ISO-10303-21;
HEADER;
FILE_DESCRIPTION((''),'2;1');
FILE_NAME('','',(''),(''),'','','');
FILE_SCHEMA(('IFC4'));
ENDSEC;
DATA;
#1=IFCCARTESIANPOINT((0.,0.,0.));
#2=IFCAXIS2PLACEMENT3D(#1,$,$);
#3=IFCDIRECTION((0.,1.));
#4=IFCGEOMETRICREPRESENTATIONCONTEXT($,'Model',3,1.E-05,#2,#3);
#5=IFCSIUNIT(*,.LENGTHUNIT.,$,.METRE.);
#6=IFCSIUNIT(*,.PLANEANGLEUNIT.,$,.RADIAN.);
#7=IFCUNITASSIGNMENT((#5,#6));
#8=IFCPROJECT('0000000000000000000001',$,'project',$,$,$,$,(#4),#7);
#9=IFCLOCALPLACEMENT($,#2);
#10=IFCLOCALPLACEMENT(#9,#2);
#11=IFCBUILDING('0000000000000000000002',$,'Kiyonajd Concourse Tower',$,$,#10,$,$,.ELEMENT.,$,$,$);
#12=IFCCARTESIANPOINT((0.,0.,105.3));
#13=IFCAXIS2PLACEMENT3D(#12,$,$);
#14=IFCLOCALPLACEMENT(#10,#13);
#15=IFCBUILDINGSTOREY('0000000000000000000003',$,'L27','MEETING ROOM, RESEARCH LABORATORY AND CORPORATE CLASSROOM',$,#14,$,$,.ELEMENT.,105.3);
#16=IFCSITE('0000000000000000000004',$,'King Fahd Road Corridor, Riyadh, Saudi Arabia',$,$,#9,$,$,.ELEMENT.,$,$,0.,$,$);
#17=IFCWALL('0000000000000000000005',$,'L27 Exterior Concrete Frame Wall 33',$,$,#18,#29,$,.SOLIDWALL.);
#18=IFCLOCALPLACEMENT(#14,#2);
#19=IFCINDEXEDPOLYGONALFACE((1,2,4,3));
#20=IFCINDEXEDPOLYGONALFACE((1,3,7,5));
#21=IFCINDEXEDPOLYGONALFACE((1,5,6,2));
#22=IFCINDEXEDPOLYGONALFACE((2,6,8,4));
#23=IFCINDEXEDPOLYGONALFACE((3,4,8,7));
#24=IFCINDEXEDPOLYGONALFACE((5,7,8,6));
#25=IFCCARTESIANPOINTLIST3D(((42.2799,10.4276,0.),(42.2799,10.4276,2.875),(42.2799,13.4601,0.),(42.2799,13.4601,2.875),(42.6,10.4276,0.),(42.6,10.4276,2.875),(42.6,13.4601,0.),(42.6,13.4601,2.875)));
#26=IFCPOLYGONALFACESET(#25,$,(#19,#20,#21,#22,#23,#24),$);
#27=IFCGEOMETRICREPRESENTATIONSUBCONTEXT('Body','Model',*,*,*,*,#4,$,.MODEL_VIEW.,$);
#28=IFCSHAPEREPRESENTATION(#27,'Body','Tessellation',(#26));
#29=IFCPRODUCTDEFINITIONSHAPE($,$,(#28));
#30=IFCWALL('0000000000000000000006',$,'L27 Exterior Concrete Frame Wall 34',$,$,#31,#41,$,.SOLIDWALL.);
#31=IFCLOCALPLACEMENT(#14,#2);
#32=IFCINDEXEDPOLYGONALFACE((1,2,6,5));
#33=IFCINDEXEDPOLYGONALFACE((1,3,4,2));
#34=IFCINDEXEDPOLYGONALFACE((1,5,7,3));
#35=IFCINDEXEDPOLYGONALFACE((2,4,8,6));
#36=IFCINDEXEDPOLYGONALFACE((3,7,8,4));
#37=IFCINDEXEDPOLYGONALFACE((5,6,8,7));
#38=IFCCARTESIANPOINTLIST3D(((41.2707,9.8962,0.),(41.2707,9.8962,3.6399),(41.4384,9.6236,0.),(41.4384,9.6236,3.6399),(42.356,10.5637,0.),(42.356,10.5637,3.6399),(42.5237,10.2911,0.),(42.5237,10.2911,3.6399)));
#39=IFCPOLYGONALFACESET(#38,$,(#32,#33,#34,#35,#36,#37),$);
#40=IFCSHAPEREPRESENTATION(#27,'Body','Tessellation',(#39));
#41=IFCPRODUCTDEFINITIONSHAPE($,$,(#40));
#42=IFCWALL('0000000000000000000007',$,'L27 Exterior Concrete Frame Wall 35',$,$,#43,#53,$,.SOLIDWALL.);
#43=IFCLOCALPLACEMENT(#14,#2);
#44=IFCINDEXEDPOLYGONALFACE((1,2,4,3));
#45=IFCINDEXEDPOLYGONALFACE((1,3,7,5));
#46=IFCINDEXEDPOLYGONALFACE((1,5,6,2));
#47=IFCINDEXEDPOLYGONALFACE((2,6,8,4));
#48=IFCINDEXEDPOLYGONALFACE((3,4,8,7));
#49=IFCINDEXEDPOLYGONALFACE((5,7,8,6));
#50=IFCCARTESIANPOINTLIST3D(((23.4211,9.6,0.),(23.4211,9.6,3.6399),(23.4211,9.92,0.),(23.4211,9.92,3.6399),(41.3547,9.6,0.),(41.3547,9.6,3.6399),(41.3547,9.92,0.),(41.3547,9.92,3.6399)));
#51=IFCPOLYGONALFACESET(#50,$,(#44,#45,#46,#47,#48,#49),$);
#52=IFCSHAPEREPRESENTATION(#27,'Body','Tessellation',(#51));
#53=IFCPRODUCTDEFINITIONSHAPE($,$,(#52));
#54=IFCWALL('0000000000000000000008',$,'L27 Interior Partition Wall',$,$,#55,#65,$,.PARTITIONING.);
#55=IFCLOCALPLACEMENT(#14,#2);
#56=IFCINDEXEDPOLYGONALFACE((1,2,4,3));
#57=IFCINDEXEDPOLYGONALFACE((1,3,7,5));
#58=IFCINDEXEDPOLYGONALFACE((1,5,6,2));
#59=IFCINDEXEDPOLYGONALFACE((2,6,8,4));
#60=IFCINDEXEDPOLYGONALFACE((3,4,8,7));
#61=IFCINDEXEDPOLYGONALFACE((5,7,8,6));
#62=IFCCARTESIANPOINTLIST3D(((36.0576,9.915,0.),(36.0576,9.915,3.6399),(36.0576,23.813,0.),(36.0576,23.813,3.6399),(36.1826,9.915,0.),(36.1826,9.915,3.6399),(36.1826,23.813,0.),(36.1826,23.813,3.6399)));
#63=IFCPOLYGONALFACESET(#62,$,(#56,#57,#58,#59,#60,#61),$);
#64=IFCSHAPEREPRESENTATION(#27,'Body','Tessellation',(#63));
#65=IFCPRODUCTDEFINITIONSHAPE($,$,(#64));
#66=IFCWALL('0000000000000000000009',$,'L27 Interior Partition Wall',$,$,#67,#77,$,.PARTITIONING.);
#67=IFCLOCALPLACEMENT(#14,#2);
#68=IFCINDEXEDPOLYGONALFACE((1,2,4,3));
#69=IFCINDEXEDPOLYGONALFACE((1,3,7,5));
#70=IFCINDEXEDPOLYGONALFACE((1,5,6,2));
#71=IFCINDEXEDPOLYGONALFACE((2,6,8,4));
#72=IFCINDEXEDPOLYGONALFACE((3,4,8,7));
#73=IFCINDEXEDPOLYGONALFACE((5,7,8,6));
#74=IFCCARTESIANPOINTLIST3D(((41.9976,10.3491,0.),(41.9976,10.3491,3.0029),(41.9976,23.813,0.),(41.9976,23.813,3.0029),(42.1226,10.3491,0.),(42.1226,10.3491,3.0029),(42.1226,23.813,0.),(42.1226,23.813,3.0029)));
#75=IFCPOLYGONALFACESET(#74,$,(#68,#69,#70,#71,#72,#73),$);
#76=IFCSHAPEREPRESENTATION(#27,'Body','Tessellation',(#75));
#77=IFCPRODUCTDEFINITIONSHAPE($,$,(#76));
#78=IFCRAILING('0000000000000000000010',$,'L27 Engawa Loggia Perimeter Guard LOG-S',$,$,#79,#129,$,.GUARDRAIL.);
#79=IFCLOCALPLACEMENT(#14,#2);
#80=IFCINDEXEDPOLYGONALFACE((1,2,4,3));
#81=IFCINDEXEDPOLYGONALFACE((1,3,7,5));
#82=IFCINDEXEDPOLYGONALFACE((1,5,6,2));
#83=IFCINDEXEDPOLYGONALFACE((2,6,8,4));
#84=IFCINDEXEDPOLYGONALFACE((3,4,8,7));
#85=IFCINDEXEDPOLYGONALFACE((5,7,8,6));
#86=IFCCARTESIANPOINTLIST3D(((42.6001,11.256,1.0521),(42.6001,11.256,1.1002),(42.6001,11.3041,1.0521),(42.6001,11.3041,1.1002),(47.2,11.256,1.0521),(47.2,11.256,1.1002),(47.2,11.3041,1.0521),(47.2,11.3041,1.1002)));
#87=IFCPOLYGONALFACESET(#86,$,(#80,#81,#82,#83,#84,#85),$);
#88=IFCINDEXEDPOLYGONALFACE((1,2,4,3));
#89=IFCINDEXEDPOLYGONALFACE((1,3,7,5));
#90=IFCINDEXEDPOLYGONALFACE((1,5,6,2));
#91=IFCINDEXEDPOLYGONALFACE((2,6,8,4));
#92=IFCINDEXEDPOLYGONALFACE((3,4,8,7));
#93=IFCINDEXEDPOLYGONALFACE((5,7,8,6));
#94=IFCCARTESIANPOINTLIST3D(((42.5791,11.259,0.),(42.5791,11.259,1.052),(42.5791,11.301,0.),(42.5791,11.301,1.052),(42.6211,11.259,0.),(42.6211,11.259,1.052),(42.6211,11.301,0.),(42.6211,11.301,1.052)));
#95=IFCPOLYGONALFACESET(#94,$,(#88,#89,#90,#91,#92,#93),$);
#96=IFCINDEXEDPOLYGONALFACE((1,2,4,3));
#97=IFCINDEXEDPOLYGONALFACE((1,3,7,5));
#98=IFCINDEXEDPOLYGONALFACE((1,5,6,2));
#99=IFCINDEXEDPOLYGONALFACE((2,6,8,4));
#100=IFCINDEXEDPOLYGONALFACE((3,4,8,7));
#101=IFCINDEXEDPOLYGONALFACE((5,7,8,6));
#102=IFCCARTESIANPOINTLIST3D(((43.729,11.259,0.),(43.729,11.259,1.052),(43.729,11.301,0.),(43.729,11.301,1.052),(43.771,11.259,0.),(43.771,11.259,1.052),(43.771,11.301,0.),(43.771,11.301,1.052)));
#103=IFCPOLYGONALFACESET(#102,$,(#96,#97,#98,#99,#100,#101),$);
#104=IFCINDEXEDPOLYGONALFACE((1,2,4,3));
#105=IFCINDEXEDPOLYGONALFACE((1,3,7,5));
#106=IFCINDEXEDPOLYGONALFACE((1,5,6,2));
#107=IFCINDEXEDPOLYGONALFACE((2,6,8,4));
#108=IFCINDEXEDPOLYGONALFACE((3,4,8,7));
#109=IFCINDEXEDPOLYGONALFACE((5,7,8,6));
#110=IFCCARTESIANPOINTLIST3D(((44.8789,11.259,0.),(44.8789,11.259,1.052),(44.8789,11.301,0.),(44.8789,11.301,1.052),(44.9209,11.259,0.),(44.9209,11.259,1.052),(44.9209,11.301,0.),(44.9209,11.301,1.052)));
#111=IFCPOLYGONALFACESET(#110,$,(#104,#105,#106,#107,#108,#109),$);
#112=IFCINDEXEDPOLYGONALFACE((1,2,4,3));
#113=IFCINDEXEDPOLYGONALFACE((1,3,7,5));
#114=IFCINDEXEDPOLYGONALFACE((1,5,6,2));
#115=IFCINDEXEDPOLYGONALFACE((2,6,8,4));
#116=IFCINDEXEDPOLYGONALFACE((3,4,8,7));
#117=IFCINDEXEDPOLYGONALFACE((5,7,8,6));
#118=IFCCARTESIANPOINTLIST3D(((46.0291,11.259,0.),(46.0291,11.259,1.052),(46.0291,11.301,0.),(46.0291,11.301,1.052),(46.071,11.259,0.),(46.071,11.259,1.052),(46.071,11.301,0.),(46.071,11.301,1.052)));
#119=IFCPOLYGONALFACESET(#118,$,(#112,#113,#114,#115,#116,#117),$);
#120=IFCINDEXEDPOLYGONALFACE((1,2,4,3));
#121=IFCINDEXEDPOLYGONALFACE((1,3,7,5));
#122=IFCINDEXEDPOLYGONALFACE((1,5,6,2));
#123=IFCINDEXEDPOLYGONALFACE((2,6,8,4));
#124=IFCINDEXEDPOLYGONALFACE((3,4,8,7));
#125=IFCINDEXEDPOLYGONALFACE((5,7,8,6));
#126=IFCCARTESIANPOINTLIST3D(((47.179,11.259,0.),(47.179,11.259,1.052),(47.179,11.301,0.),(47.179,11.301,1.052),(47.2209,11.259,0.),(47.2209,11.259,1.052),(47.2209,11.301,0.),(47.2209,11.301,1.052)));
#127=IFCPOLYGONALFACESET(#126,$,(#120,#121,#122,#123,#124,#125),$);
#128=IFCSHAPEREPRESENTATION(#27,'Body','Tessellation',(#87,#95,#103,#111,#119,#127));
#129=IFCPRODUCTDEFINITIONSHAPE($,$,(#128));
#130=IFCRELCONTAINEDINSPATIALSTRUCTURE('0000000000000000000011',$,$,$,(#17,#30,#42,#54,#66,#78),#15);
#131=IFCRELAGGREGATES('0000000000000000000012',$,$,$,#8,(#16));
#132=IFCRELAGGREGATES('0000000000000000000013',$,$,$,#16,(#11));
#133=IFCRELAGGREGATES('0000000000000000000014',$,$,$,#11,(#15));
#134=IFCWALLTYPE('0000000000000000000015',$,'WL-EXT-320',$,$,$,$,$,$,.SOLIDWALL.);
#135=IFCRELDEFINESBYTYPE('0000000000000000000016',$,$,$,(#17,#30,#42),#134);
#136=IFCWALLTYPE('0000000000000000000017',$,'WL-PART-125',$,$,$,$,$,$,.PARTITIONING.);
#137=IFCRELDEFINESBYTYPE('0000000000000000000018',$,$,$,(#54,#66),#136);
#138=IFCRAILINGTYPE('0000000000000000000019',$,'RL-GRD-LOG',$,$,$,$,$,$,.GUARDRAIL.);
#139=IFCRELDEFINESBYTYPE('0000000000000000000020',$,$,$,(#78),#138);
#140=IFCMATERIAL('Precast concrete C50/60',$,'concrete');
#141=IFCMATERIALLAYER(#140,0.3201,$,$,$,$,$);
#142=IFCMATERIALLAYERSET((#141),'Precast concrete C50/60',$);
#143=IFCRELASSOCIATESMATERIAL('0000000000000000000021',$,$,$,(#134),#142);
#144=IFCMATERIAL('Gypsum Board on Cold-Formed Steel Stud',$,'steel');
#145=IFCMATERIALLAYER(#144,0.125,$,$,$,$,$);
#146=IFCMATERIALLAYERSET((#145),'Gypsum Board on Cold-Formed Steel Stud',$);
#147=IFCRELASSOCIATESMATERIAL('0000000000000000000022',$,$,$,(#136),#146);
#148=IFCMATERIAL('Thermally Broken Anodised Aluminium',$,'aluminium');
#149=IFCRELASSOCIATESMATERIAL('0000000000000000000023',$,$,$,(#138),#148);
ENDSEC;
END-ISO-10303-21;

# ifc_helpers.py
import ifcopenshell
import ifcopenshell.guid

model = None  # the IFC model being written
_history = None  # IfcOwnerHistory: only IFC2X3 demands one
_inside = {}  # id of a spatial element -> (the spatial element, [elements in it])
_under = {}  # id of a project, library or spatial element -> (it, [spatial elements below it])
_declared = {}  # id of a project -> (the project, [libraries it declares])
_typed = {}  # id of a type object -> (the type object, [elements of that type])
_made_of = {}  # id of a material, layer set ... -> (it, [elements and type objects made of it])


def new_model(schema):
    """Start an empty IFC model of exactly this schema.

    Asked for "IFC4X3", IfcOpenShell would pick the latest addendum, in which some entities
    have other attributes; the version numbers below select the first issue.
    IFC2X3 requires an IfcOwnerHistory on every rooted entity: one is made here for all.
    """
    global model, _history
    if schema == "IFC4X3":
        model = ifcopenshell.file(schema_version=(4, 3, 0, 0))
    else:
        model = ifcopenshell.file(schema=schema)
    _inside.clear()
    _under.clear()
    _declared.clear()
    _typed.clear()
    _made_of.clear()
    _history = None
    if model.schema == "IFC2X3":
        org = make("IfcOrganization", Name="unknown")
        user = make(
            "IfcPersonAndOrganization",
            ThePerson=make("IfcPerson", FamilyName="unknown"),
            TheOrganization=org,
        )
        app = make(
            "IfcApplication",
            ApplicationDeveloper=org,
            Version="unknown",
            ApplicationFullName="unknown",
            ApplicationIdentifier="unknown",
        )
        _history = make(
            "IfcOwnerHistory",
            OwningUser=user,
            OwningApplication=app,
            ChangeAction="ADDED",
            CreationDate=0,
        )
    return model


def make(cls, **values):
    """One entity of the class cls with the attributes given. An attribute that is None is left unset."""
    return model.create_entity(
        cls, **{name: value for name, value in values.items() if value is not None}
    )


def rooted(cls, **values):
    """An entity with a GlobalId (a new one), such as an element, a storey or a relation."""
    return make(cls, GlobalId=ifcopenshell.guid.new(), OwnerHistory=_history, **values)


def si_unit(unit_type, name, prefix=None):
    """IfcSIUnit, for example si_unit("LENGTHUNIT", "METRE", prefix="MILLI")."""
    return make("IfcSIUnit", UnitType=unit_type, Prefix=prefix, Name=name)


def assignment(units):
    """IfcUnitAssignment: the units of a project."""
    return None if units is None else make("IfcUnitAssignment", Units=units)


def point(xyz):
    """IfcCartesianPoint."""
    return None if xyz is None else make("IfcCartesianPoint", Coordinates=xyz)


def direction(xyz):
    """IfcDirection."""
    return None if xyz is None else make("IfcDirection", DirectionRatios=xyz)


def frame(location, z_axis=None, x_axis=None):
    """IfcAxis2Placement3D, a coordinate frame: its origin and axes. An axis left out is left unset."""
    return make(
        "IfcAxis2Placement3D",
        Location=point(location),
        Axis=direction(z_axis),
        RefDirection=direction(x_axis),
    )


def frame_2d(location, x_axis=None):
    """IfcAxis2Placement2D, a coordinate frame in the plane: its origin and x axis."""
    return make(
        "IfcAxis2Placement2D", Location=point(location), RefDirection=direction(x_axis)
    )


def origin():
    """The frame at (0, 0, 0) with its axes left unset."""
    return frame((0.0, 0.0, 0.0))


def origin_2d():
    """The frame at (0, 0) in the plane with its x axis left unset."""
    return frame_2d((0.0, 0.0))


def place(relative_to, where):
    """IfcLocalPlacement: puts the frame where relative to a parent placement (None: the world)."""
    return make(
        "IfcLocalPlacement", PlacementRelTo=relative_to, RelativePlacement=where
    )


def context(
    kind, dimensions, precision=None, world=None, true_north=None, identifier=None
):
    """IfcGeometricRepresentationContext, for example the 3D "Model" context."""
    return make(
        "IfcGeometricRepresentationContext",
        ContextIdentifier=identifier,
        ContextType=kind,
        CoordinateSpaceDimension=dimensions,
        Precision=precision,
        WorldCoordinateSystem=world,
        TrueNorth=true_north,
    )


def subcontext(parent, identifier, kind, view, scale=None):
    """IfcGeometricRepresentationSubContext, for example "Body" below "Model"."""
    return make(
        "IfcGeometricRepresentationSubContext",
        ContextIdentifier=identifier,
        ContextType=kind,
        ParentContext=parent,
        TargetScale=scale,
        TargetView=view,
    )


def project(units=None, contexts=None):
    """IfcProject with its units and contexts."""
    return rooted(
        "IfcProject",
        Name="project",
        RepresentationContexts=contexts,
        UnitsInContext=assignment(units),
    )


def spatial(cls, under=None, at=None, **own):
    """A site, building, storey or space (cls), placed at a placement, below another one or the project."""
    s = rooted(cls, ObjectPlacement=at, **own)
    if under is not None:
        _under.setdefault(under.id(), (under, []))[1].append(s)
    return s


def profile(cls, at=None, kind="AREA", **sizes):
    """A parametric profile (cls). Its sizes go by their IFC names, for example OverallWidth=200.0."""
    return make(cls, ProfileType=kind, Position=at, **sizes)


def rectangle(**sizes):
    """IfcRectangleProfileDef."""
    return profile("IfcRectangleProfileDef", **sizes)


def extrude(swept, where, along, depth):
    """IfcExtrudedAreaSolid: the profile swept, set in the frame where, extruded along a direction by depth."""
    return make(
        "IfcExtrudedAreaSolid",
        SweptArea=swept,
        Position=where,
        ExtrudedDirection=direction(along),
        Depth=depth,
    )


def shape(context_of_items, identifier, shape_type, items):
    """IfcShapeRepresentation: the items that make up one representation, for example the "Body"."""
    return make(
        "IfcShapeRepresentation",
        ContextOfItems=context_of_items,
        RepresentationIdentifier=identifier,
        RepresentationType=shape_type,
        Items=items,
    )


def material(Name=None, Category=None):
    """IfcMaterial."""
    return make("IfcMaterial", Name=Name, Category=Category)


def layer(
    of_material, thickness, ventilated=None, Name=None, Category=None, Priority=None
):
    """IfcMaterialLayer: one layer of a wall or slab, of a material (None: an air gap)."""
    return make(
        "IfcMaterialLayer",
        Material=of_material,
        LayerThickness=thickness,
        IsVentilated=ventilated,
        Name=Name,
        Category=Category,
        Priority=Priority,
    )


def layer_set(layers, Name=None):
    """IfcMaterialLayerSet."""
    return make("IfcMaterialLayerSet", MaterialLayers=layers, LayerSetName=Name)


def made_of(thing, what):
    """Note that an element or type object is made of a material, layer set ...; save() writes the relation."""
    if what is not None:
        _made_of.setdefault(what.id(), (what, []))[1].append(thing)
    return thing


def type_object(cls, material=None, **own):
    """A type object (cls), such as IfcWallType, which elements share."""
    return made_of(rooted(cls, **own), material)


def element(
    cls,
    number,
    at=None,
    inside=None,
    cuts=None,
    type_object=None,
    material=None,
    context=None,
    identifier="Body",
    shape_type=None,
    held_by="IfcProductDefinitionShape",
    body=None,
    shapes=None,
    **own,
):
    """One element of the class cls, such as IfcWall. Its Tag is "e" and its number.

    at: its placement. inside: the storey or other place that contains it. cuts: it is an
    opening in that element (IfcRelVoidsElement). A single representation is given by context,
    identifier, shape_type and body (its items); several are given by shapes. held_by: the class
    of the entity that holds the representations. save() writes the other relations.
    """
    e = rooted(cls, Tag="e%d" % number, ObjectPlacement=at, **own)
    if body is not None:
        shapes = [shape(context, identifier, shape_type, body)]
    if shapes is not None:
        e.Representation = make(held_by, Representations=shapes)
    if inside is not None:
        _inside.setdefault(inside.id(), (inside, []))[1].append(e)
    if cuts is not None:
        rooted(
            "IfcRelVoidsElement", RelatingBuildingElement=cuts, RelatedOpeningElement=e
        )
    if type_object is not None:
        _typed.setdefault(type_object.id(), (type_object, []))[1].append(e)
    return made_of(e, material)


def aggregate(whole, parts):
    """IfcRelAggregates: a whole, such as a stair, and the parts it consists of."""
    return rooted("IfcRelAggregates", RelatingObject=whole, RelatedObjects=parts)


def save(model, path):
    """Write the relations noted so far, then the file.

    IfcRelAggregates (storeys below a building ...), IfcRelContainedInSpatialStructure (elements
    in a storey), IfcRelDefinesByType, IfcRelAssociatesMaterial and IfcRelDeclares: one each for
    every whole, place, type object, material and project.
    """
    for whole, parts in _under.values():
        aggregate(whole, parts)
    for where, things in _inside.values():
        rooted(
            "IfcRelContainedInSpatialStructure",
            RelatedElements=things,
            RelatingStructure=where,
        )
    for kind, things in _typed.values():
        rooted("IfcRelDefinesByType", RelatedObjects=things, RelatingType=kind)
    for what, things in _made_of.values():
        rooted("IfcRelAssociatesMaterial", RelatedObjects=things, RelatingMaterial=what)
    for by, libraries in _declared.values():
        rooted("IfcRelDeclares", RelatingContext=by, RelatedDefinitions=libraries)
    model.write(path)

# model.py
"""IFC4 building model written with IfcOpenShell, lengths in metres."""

from ifc_helpers import new_model, si_unit, direction, frame, frame_2d, origin, origin_2d, place, context, subcontext, project, spatial, rectangle, extrude, material, layer, layer_set, type_object, element, save


model = new_model("IFC4")

# Units and contexts
model_context = context("Model", 3, precision=1e-05, world=origin(), true_north=direction((0.0, 1.0)))
body_context = subcontext(model_context, "Body", "Model", "MODEL_VIEW")
ifc_project = project(units=[si_unit("LENGTHUNIT", "METRE"), si_unit("PLANEANGLEUNIT", "RADIAN")], contexts=[model_context])

# Site, building, storey
site_placement = place(None, origin())
site = spatial("IfcSite", under=ifc_project, at=site_placement, Name="King Fahd Road Corridor, Riyadh, Saudi Arabia", CompositionType="ELEMENT", RefElevation=0.0)
building_placement = place(site_placement, origin())
building = spatial("IfcBuilding", under=site, at=building_placement, Name="Kiyonajd Concourse Tower", CompositionType="ELEMENT")
storey_placement = place(building_placement, frame((0.0, 0.0, 105.3)))
storey = spatial("IfcBuildingStorey", under=building, at=storey_placement, Name="L27", Description="MEETING ROOM, RESEARCH LABORATORY AND CORPORATE CLASSROOM", CompositionType="ELEMENT", Elevation=105.3)

# Shared definitions
ifc_material_1 = material(Name="Precast concrete C50/60", Category="concrete")

# Shared definitions
ifc_material_2 = material(Name="Thermally Broken Anodised Aluminium", Category="aluminium")

# Walls
ifc_layer_1 = layer(ifc_material_1, 0.3201)
ifc_layer_set_1 = layer_set([ifc_layer_1], Name="Precast concrete C50/60")
wall_type_1 = type_object("IfcWallType", Name="WL-EXT-320", PredefinedType="SOLIDWALL", material=ifc_layer_set_1)
wall_1_placement = place(storey_placement, frame((42.4399, 13.46, 0.0), z_axis=(0.0, 0.0, 1.0), x_axis=(0.0, -1.0, 0.0)))
element("IfcWall", 1, at=wall_1_placement, inside=storey, type_object=wall_type_1, Name="L27 Exterior Concrete Frame Wall 33", PredefinedType="SOLIDWALL", context=body_context, shape_type="SweptSolid", body=[
    extrude(rectangle(XDim=3.0325, YDim=0.3201, at=frame_2d((1.5161, 0.0))), origin(), (0.0, 0.0, 1.0), 2.875),
])
wall_2_placement = place(storey_placement, frame((42.4399, 10.4275, 0.0), z_axis=(0.0, 0.0, 1.0), x_axis=(-0.851777, -0.523905, 0.0)))
element("IfcWall", 2, at=wall_2_placement, inside=storey, type_object=wall_type_1, Name="L27 Exterior Concrete Frame Wall 34", PredefinedType="SOLIDWALL", context=body_context, shape_type="SweptSolid", body=[
    extrude(rectangle(XDim=1.2742, YDim=0.3201, at=frame_2d((0.6372, 0.0))), origin(), (0.0, 0.0, 1.0), 3.6399),
])
wall_3_placement = place(storey_placement, frame((41.3547, 9.76, 0.0), z_axis=(0.0, 0.0, 1.0), x_axis=(-1.0, 0.0, 0.0)))
element("IfcWall", 3, at=wall_3_placement, inside=storey, type_object=wall_type_1, Name="L27 Exterior Concrete Frame Wall 35", PredefinedType="SOLIDWALL", context=body_context, shape_type="SweptSolid", body=[
    extrude(rectangle(XDim=17.9336, YDim=0.3201, at=frame_2d((8.9668, 0.0))), origin(), (0.0, 0.0, 1.0), 3.6399),
])
ifc_material_3 = material(Name="Gypsum Board on Cold-Formed Steel Stud", Category="steel")
ifc_layer_2 = layer(ifc_material_3, 0.125)
ifc_layer_set_2 = layer_set([ifc_layer_2], Name="Gypsum Board on Cold-Formed Steel Stud")
wall_type_2 = type_object("IfcWallType", Name="WL-PART-125", PredefinedType="PARTITIONING", material=ifc_layer_set_2)
wall_4_placement = place(storey_placement, frame((36.1201, 9.915, 0.0), z_axis=(0.0, 0.0, 1.0), x_axis=(0.0, 1.0, 0.0)))
element("IfcWall", 4, at=wall_4_placement, inside=storey, type_object=wall_type_2, Name="L27 Interior Partition Wall", PredefinedType="PARTITIONING", context=body_context, shape_type="SweptSolid", body=[
    extrude(rectangle(XDim=13.8979, YDim=0.125, at=frame_2d((6.949, 0.0))), origin(), (0.0, 0.0, 1.0), 3.6399),
])
wall_5_placement = place(storey_placement, frame((42.0601, 10.3491, 0.0), z_axis=(0.0, 0.0, 1.0), x_axis=(0.0, 1.0, 0.0)))
element("IfcWall", 5, at=wall_5_placement, inside=storey, type_object=wall_type_2, Name="L27 Interior Partition Wall", PredefinedType="PARTITIONING", context=body_context, shape_type="SweptSolid", body=[
    extrude(rectangle(XDim=13.4639, YDim=0.125, at=frame_2d((6.7319, 0.0))), origin(), (0.0, 0.0, 1.0), 3.0029),
])

# Railing
railing_type = type_object("IfcRailingType", Name="RL-GRD-LOG", PredefinedType="GUARDRAIL", material=ifc_material_2)
railing_placement = place(storey_placement, frame((42.6001, 11.28, 0.0)))
element("IfcRailing", 6, at=railing_placement, inside=storey, type_object=railing_type, Name="L27 Engawa Loggia Perimeter Guard LOG-S", PredefinedType="GUARDRAIL", context=body_context, shape_type="SweptSolid", body=[
    extrude(rectangle(XDim=0.0481, YDim=0.0481, at=origin_2d()), frame((0.0, 0.0, 1.0762), z_axis=(1.0, 0.0, 0.0), x_axis=(0.0, 1.0, 0.0)), (0.0, 0.0, 1.0), 4.5999),
    extrude(rectangle(XDim=0.042, YDim=0.042, at=origin_2d()), origin(), (0.0, 0.0, 1.0), 1.052),
    extrude(rectangle(XDim=0.042, YDim=0.042, at=origin_2d()), frame((1.1499, 0.0, 0.0)), (0.0, 0.0, 1.0), 1.052),
    extrude(rectangle(XDim=0.042, YDim=0.042, at=origin_2d()), frame((2.2998, 0.0, 0.0)), (0.0, 0.0, 1.0), 1.052),
    extrude(rectangle(XDim=0.042, YDim=0.042, at=origin_2d()), frame((3.45, 0.0, 0.0)), (0.0, 0.0, 1.0), 1.052),
    extrude(rectangle(XDim=0.042, YDim=0.042, at=origin_2d()), frame((4.5999, 0.0, 0.0)), (0.0, 0.0, 1.0), 1.052),
])

save(model, "model.ifc")
